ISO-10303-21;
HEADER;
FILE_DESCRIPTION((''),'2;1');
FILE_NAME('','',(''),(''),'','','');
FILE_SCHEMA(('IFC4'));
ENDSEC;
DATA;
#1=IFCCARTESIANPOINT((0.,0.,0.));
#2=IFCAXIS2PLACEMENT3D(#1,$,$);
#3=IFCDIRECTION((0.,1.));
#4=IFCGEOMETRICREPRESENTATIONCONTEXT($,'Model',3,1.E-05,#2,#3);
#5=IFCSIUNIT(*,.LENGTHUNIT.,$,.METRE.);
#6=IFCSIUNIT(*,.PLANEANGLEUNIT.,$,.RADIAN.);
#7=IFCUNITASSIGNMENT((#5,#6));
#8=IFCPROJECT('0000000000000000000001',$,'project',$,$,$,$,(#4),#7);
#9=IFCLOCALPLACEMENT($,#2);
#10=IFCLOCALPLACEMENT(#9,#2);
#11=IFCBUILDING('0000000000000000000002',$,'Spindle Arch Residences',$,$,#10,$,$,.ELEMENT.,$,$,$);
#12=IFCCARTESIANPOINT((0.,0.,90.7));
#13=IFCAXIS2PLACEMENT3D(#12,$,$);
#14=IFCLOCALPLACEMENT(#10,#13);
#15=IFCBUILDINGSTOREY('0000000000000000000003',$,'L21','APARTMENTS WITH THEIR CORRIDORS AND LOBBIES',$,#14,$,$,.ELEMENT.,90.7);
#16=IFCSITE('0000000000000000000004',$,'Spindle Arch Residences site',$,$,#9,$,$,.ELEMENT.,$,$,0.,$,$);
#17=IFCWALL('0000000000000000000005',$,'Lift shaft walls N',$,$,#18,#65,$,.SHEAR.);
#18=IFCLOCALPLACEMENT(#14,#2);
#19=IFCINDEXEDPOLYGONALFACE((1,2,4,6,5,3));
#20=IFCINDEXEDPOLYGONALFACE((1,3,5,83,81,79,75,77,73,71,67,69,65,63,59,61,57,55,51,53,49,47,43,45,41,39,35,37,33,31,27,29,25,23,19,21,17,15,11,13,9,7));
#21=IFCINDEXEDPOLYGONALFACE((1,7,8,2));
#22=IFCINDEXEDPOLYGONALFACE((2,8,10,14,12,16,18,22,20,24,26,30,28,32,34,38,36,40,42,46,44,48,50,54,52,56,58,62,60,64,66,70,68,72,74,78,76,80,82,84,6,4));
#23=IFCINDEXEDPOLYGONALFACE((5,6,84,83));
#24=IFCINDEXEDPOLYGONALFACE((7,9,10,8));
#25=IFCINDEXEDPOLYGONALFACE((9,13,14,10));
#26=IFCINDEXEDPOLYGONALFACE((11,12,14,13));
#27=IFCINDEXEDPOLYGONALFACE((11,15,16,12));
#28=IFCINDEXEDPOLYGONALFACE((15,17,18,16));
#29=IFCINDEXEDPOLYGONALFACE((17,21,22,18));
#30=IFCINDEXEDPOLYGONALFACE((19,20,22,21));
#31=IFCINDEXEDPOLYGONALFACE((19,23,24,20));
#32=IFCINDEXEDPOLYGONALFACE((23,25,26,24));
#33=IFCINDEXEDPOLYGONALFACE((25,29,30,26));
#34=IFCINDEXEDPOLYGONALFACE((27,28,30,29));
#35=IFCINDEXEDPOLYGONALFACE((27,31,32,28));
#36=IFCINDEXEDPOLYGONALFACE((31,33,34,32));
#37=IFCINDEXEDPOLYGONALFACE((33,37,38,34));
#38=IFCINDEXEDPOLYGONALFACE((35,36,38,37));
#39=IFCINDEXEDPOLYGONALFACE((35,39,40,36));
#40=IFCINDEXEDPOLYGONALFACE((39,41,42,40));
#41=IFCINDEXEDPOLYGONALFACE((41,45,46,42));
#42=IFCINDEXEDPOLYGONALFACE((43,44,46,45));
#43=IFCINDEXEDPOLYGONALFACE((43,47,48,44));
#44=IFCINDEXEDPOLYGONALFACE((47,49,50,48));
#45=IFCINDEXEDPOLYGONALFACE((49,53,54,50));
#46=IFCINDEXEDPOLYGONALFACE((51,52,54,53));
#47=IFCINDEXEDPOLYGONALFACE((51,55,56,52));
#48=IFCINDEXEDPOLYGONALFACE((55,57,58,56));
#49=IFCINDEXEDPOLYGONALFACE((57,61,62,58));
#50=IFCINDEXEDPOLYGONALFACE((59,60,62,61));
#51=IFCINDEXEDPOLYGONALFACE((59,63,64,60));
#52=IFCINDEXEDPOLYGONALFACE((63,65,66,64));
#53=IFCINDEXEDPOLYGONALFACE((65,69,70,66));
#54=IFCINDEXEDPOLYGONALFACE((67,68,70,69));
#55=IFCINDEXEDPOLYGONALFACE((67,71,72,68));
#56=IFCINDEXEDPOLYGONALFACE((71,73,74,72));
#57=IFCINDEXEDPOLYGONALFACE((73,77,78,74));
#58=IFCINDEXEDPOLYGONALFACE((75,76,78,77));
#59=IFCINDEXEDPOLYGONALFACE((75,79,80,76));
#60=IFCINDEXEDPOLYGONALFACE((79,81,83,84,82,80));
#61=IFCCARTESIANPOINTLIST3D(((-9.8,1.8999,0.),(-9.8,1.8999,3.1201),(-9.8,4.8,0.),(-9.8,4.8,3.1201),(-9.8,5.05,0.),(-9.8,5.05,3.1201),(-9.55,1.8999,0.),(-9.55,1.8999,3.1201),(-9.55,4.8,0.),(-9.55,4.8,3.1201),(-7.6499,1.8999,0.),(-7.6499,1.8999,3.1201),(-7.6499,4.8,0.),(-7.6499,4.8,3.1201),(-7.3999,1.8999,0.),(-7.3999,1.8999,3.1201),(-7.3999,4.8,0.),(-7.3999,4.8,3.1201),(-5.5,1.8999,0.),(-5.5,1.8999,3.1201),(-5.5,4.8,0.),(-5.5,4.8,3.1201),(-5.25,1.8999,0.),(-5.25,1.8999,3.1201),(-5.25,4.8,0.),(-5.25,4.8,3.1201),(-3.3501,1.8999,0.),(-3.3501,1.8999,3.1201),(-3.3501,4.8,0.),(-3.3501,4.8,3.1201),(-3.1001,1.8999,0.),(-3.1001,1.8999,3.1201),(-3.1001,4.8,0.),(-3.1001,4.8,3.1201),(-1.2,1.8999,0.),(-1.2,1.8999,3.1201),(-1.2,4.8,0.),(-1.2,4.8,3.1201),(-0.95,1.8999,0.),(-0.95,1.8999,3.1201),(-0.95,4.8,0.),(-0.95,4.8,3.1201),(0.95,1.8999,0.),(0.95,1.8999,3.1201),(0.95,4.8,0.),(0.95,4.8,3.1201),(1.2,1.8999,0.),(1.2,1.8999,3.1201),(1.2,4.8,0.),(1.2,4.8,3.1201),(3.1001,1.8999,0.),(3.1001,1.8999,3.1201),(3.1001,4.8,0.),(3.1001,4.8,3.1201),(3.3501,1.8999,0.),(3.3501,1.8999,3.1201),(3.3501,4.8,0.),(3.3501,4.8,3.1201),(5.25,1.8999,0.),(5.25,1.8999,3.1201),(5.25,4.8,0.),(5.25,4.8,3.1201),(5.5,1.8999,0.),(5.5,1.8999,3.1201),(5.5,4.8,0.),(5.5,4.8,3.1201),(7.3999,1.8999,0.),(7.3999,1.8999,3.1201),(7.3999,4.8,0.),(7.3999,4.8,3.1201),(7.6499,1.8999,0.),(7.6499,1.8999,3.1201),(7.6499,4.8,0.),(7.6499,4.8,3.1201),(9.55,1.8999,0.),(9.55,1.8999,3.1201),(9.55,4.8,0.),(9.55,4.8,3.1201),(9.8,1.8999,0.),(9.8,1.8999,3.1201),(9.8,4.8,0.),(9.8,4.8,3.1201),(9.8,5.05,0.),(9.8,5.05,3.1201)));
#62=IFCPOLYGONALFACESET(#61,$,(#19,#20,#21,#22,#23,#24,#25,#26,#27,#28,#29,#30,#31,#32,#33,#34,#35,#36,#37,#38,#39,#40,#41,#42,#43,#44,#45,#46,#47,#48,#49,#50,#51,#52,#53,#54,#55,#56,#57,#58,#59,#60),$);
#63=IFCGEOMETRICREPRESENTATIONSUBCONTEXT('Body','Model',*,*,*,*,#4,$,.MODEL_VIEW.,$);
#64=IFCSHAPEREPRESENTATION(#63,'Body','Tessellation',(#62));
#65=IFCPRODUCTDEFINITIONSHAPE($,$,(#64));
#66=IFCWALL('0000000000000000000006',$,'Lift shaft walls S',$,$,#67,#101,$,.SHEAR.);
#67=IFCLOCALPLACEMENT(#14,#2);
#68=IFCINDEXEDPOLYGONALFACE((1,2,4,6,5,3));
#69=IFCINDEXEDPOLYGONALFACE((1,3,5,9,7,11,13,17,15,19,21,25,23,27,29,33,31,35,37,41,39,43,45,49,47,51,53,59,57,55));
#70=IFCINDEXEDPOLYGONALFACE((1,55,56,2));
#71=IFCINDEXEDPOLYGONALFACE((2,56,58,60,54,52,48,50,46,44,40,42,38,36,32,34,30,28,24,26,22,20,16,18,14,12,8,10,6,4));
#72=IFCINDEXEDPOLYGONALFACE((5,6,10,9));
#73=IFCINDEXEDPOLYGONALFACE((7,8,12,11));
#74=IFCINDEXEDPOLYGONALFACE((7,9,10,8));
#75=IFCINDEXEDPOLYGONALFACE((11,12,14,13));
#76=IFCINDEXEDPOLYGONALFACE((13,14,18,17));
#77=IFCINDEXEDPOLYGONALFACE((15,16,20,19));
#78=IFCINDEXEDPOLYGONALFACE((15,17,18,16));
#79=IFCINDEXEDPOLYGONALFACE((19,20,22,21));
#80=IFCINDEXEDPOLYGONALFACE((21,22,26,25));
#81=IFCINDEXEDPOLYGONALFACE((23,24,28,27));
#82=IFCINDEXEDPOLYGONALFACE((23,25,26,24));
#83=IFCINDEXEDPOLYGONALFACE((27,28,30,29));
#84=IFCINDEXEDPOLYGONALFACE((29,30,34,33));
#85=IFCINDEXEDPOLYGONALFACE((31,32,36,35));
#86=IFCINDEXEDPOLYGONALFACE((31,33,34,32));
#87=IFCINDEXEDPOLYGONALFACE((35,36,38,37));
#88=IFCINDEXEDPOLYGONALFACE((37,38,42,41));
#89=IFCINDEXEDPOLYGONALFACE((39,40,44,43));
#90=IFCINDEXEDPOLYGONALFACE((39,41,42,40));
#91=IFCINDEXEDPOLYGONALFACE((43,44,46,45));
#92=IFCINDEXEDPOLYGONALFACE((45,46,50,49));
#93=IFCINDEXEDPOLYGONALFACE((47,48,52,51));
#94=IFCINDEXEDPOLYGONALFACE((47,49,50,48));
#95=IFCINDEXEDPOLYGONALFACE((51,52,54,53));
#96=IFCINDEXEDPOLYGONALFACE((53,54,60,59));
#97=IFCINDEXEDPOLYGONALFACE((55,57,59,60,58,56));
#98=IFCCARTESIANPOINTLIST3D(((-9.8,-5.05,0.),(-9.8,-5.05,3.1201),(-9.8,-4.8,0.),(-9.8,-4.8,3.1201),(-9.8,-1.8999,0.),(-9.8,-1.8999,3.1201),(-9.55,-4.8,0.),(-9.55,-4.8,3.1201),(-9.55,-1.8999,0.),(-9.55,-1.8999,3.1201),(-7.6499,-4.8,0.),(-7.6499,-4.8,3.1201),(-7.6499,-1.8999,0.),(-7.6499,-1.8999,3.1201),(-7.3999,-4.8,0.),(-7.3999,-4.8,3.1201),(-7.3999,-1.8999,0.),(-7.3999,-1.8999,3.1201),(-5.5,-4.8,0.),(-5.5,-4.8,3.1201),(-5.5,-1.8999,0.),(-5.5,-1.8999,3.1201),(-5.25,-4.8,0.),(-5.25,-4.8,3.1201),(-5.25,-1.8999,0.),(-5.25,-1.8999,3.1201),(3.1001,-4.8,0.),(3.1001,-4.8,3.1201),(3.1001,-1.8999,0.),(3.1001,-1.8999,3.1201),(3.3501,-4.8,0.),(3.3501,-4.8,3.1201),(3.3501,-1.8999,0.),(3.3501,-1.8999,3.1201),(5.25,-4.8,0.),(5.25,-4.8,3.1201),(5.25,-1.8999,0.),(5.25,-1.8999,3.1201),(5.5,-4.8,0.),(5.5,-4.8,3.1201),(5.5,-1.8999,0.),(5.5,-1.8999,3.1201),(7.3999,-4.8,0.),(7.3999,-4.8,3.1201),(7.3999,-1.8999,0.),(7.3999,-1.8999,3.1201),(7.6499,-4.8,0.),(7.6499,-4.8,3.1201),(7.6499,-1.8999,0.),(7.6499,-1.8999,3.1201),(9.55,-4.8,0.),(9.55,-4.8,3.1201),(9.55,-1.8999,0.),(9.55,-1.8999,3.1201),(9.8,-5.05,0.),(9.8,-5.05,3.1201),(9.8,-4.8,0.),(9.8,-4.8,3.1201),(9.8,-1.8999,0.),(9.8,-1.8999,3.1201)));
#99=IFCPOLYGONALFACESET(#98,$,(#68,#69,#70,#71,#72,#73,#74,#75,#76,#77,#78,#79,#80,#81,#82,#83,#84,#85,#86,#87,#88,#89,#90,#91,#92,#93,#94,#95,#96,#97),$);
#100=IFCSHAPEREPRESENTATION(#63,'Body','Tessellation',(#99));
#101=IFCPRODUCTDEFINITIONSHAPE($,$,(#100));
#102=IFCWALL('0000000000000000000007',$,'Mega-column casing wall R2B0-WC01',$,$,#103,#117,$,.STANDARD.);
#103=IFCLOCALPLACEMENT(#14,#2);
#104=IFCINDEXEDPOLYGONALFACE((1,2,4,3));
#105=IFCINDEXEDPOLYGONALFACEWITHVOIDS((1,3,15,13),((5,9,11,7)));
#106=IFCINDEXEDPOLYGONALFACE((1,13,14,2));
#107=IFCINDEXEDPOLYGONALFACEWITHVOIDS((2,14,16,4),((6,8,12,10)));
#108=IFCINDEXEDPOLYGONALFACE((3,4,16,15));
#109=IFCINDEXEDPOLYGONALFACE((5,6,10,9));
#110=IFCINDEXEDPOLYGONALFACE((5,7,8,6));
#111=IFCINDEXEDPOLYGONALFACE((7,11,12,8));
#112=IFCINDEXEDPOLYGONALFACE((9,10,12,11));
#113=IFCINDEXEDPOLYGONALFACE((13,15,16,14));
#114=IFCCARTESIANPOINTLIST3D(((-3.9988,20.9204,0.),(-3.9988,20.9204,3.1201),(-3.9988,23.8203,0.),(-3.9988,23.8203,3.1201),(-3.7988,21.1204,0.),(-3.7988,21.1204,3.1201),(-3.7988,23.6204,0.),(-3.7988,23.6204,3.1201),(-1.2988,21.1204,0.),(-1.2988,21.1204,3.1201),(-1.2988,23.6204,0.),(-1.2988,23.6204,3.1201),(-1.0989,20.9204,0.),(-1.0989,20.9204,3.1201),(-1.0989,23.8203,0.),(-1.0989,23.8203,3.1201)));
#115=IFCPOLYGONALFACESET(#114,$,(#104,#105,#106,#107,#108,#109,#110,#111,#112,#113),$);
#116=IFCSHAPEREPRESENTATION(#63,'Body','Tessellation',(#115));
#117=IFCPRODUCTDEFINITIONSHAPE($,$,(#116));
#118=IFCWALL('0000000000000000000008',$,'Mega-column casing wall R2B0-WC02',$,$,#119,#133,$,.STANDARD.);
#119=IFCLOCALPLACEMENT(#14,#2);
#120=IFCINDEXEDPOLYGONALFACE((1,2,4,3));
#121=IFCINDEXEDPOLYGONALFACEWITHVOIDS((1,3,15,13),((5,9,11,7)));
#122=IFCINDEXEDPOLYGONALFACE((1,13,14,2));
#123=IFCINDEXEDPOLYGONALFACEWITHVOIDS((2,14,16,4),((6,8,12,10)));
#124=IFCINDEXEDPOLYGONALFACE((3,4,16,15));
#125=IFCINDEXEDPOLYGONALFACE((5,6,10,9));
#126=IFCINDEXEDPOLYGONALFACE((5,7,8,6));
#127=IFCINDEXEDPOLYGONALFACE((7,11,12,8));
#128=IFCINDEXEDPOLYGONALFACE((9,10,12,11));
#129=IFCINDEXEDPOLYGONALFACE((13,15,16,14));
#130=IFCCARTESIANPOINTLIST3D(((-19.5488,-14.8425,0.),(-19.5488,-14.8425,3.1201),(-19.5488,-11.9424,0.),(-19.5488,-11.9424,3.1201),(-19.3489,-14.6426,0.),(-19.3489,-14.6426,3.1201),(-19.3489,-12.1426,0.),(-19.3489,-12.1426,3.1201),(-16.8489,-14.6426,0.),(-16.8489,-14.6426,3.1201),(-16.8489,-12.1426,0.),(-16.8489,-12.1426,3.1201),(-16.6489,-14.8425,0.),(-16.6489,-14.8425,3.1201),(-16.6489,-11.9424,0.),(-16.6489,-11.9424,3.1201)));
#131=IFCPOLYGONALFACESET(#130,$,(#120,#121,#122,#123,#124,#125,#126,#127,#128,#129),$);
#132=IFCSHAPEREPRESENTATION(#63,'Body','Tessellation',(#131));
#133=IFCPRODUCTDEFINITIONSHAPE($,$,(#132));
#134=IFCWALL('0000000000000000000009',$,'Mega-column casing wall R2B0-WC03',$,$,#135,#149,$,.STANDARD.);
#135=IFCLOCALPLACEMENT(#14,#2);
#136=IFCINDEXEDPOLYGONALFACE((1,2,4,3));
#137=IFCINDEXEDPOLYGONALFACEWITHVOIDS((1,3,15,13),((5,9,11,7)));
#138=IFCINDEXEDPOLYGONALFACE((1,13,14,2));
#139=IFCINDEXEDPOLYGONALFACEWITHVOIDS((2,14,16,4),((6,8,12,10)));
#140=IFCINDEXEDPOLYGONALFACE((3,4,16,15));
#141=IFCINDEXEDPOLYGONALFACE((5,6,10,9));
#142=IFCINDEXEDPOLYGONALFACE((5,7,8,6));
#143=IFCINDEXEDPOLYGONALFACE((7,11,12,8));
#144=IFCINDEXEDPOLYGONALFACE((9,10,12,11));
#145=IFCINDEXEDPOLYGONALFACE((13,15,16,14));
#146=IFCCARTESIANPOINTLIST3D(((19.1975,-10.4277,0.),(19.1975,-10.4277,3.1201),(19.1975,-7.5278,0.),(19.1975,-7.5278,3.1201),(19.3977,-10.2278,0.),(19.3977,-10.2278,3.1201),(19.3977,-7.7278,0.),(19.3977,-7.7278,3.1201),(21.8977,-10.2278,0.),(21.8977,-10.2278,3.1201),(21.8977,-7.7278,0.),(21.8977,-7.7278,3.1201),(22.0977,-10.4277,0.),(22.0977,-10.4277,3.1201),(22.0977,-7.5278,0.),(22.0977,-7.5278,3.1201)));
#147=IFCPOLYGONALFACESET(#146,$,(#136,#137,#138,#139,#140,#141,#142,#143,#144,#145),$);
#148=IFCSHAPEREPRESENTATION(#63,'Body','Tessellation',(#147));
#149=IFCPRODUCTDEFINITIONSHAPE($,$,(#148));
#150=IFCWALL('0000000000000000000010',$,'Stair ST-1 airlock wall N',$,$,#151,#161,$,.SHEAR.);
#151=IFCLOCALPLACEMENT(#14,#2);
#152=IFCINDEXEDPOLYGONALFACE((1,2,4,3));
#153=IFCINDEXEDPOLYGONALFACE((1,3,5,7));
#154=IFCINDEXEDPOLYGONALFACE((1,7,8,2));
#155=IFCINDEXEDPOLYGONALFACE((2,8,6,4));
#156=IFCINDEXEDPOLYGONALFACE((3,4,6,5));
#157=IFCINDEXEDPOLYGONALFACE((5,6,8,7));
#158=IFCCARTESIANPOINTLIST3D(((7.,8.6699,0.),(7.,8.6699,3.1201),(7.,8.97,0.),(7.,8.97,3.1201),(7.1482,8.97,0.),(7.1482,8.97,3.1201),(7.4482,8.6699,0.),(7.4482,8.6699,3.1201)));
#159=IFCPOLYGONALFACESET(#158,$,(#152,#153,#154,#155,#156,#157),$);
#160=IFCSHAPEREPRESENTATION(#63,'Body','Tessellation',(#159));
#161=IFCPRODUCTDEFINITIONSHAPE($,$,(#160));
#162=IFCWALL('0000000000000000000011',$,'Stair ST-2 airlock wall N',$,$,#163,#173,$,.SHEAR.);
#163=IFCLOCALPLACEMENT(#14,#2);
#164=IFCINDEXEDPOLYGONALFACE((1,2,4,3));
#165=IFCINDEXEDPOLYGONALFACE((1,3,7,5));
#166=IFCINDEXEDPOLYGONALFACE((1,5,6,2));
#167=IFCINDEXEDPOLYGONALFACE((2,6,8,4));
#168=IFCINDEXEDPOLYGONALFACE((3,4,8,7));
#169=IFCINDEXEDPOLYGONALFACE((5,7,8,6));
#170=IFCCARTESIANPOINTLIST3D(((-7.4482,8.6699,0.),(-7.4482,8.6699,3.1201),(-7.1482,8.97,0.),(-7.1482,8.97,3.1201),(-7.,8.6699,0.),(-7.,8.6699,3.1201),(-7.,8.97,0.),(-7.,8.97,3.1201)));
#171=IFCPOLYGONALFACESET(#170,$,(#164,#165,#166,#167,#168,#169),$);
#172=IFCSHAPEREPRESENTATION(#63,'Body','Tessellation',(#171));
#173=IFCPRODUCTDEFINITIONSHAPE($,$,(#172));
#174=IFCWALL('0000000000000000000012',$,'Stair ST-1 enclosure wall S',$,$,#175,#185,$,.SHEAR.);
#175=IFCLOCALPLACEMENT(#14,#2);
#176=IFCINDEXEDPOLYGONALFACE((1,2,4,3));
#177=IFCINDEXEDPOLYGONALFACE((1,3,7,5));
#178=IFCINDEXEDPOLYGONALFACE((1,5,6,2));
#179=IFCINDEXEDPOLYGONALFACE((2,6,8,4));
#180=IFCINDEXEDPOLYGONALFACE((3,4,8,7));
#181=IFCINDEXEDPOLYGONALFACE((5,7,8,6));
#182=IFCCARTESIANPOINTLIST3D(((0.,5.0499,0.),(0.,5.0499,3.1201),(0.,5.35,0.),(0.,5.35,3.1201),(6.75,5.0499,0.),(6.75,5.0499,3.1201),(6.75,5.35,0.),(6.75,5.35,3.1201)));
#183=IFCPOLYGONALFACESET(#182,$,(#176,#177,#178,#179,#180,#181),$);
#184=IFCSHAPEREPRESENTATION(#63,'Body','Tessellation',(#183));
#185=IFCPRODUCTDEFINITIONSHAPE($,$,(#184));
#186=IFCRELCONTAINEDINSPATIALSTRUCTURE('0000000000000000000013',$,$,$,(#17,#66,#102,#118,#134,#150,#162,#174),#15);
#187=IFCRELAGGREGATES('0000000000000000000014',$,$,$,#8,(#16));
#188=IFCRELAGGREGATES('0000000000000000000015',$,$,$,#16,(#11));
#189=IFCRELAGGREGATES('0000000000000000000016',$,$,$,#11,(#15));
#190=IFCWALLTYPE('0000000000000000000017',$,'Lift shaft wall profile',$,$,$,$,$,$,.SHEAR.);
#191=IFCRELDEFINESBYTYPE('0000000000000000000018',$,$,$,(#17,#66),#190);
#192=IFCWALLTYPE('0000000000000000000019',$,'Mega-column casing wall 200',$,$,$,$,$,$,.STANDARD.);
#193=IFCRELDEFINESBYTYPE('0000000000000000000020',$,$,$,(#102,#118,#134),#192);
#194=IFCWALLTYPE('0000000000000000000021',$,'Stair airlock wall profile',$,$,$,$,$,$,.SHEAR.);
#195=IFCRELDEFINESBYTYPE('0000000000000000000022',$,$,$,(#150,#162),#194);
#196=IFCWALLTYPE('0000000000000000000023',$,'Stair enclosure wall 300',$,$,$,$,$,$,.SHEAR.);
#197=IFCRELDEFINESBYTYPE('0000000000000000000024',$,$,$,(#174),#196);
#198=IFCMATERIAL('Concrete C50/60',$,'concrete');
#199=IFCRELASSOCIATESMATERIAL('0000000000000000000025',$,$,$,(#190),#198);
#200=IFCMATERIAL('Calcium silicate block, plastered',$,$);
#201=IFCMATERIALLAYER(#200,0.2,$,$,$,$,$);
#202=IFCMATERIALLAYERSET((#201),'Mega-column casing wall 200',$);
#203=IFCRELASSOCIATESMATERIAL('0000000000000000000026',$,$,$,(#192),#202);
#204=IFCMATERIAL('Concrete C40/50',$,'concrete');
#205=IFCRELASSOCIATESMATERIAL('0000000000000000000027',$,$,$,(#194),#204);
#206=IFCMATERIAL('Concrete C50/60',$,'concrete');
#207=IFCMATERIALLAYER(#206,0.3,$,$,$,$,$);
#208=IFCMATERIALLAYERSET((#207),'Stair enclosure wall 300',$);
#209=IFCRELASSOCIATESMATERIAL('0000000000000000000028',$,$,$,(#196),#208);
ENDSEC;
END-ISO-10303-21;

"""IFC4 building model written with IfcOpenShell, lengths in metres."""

from ifc_helpers import new_model, si_unit, direction, frame, frame_2d, origin, place, context, subcontext, project, spatial, polyline, rectangle, outline, extrude, material, layer, layer_set, type_object, element, save


model = new_model("IFC4")

# Units and contexts
model_context = context("Model", 3, precision=1e-05, world=origin(), true_north=direction((0.0, 1.0)))
body_context = subcontext(model_context, "Body", "Model", "MODEL_VIEW")
ifc_project = project(units=[si_unit("LENGTHUNIT", "METRE"), si_unit("PLANEANGLEUNIT", "RADIAN")], contexts=[model_context])

# Site, building, storey
site_placement = place(None, origin())
site = spatial("IfcSite", under=ifc_project, at=site_placement, Name="Spindle Arch Residences site", CompositionType="ELEMENT", RefElevation=0.0)
building_placement = place(site_placement, origin())
building = spatial("IfcBuilding", under=site, at=building_placement, Name="Spindle Arch Residences", CompositionType="ELEMENT")
storey_placement = place(building_placement, frame((0.0, 0.0, 90.7)))
storey = spatial("IfcBuildingStorey", under=building, at=storey_placement, Name="L21", Description="APARTMENTS WITH THEIR CORRIDORS AND LOBBIES", CompositionType="ELEMENT", Elevation=90.7)

# Walls
ifc_material_1 = material(Name="Concrete C50/60", Category="concrete")
wall_type_1 = type_object("IfcWallType", Name="Lift shaft wall profile", PredefinedType="SHEAR", material=ifc_material_1)
wall_1_placement = place(storey_placement, origin())
element("IfcWall", 1, at=wall_1_placement, inside=storey, type_object=wall_type_1, Name="Lift shaft walls N", PredefinedType="SHEAR", context=body_context, shape_type="SweptSolid", body=[
    extrude(outline(polyline([(-9.55, 4.8), (-7.6499, 4.8), (-7.6499, 1.8999), (-7.3999, 1.8999), (-7.3999, 4.8), (-5.5, 4.8), (-5.5, 1.8999), (-5.25, 1.8999), (-5.25, 4.8), (-3.3501, 4.8), (-3.3501, 1.8999), (-3.1001, 1.8999), (-3.1001, 4.8), (-1.2, 4.8), (-1.2, 1.8999), (-0.95, 1.8999), (-0.95, 4.8), (0.95, 4.8), (0.95, 1.8999), (1.2, 1.8999), (1.2, 4.8), (3.1001, 4.8), (3.1001, 1.8999), (3.3501, 1.8999), (3.3501, 4.8), (5.25, 4.8), (5.25, 1.8999), (5.5, 1.8999), (5.5, 4.8), (7.3999, 4.8), (7.3999, 1.8999), (7.6499, 1.8999), (7.6499, 4.8), (9.55, 4.8), (9.55, 1.8999), (9.8, 1.8999), (9.8, 4.8), (9.8, 5.05), (-9.8, 5.05), (-9.8, 4.8), (-9.8, 1.8999), (-9.55, 1.8999), (-9.55, 4.8)])), origin(), (0.0, 0.0, 1.0), 3.1201),
])
wall_2_placement = place(storey_placement, origin())
element("IfcWall", 2, at=wall_2_placement, inside=storey, type_object=wall_type_1, Name="Lift shaft walls S", PredefinedType="SHEAR", context=body_context, shape_type="SweptSolid", body=[
    extrude(outline(polyline([(9.8, -5.05), (9.8, -4.8), (9.8, -1.8999), (9.55, -1.8999), (9.55, -4.8), (7.6499, -4.8), (7.6499, -1.8999), (7.3999, -1.8999), (7.3999, -4.8), (5.5, -4.8), (5.5, -1.8999), (5.25, -1.8999), (5.25, -4.8), (3.3501, -4.8), (3.3501, -1.8999), (3.1001, -1.8999), (3.1001, -4.8), (-5.25, -4.8), (-5.25, -1.8999), (-5.5, -1.8999), (-5.5, -4.8), (-7.3999, -4.8), (-7.3999, -1.8999), (-7.6499, -1.8999), (-7.6499, -4.8), (-9.55, -4.8), (-9.55, -1.8999), (-9.8, -1.8999), (-9.8, -4.8), (-9.8, -5.05), (9.8, -5.05)])), origin(), (0.0, 0.0, 1.0), 3.1201),
])
ifc_material_2 = material(Name="Calcium silicate block, plastered")
ifc_layer_1 = layer(ifc_material_2, 0.2)
ifc_layer_set_1 = layer_set([ifc_layer_1], Name="Mega-column casing wall 200")
wall_type_2 = type_object("IfcWallType", Name="Mega-column casing wall 200", PredefinedType="STANDARD", material=ifc_layer_set_1)
wall_3_placement = place(storey_placement, origin())
element("IfcWall", 3, at=wall_3_placement, inside=storey, type_object=wall_type_2, Name="Mega-column casing wall R2B0-WC01", PredefinedType="STANDARD", context=body_context, shape_type="SweptSolid", body=[
    extrude(outline(polyline([(-1.0989, 23.8203), (-1.0989, 20.9204), (-3.9988, 20.9204), (-3.9988, 23.8203), (-1.0989, 23.8203)]), holes=[polyline([(-3.7988, 21.1204), (-1.2988, 21.1204), (-1.2988, 23.6204), (-3.7988, 23.6204), (-3.7988, 21.1204)])]), origin(), (0.0, 0.0, 1.0), 3.1201),
])
wall_4_placement = place(storey_placement, origin())
element("IfcWall", 4, at=wall_4_placement, inside=storey, type_object=wall_type_2, Name="Mega-column casing wall R2B0-WC02", PredefinedType="STANDARD", context=body_context, shape_type="SweptSolid", body=[
    extrude(outline(polyline([(-16.6489, -11.9424), (-16.6489, -14.8425), (-19.5488, -14.8425), (-19.5488, -11.9424), (-16.6489, -11.9424)]), holes=[polyline([(-19.3489, -14.6426), (-16.8489, -14.6426), (-16.8489, -12.1426), (-19.3489, -12.1426), (-19.3489, -14.6426)])]), origin(), (0.0, 0.0, 1.0), 3.1201),
])
wall_5_placement = place(storey_placement, origin())
element("IfcWall", 5, at=wall_5_placement, inside=storey, type_object=wall_type_2, Name="Mega-column casing wall R2B0-WC03", PredefinedType="STANDARD", context=body_context, shape_type="SweptSolid", body=[
    extrude(outline(polyline([(22.0977, -7.5278), (22.0977, -10.4277), (19.1975, -10.4277), (19.1975, -7.5278), (22.0977, -7.5278)]), holes=[polyline([(19.3977, -10.2278), (21.8977, -10.2278), (21.8977, -7.7278), (19.3977, -7.7278), (19.3977, -10.2278)])]), origin(), (0.0, 0.0, 1.0), 3.1201),
])
ifc_material_3 = material(Name="Concrete C40/50", Category="concrete")
wall_type_3 = type_object("IfcWallType", Name="Stair airlock wall profile", PredefinedType="SHEAR", material=ifc_material_3)
wall_6_placement = place(storey_placement, origin())
element("IfcWall", 6, at=wall_6_placement, inside=storey, type_object=wall_type_3, Name="Stair ST-1 airlock wall N", PredefinedType="SHEAR", context=body_context, shape_type="SweptSolid", body=[
    extrude(outline(polyline([(7.4482, 8.6699), (7.0, 8.6699), (7.0, 8.97), (7.1482, 8.97), (7.4482, 8.6699)])), origin(), (0.0, 0.0, 1.0), 3.1201),
])
wall_7_placement = place(storey_placement, origin())
element("IfcWall", 7, at=wall_7_placement, inside=storey, type_object=wall_type_3, Name="Stair ST-2 airlock wall N", PredefinedType="SHEAR", context=body_context, shape_type="SweptSolid", body=[
    extrude(outline(polyline([(-7.1482, 8.97), (-7.0, 8.97), (-7.0, 8.6699), (-7.4482, 8.6699), (-7.1482, 8.97)])), origin(), (0.0, 0.0, 1.0), 3.1201),
])
ifc_material_4 = material(Name="Concrete C50/60", Category="concrete")
ifc_layer_2 = layer(ifc_material_4, 0.3)
ifc_layer_set_2 = layer_set([ifc_layer_2], Name="Stair enclosure wall 300")
wall_type_4 = type_object("IfcWallType", Name="Stair enclosure wall 300", PredefinedType="SHEAR", material=ifc_layer_set_2)
for number, where, z_axis, x_axis, name in (
    (8, (0.0, 5.2, 0.0), (0.0, 0.0, 1.0), (1.0, 0.0, 0.0), "Stair ST-1 enclosure wall S"),
):
    element("IfcWall", number, at=place(storey_placement, frame(where, z_axis=z_axis, x_axis=x_axis)), inside=storey, type_object=wall_type_4, Name=name, PredefinedType="SHEAR", context=body_context, shape_type="SweptSolid", body=[
        extrude(rectangle(XDim=6.75, YDim=0.3, at=frame_2d((3.375, 0.0))), origin(), (0.0, 0.0, 1.0), 3.1201),
    ])

save(model, "model.ifc")
